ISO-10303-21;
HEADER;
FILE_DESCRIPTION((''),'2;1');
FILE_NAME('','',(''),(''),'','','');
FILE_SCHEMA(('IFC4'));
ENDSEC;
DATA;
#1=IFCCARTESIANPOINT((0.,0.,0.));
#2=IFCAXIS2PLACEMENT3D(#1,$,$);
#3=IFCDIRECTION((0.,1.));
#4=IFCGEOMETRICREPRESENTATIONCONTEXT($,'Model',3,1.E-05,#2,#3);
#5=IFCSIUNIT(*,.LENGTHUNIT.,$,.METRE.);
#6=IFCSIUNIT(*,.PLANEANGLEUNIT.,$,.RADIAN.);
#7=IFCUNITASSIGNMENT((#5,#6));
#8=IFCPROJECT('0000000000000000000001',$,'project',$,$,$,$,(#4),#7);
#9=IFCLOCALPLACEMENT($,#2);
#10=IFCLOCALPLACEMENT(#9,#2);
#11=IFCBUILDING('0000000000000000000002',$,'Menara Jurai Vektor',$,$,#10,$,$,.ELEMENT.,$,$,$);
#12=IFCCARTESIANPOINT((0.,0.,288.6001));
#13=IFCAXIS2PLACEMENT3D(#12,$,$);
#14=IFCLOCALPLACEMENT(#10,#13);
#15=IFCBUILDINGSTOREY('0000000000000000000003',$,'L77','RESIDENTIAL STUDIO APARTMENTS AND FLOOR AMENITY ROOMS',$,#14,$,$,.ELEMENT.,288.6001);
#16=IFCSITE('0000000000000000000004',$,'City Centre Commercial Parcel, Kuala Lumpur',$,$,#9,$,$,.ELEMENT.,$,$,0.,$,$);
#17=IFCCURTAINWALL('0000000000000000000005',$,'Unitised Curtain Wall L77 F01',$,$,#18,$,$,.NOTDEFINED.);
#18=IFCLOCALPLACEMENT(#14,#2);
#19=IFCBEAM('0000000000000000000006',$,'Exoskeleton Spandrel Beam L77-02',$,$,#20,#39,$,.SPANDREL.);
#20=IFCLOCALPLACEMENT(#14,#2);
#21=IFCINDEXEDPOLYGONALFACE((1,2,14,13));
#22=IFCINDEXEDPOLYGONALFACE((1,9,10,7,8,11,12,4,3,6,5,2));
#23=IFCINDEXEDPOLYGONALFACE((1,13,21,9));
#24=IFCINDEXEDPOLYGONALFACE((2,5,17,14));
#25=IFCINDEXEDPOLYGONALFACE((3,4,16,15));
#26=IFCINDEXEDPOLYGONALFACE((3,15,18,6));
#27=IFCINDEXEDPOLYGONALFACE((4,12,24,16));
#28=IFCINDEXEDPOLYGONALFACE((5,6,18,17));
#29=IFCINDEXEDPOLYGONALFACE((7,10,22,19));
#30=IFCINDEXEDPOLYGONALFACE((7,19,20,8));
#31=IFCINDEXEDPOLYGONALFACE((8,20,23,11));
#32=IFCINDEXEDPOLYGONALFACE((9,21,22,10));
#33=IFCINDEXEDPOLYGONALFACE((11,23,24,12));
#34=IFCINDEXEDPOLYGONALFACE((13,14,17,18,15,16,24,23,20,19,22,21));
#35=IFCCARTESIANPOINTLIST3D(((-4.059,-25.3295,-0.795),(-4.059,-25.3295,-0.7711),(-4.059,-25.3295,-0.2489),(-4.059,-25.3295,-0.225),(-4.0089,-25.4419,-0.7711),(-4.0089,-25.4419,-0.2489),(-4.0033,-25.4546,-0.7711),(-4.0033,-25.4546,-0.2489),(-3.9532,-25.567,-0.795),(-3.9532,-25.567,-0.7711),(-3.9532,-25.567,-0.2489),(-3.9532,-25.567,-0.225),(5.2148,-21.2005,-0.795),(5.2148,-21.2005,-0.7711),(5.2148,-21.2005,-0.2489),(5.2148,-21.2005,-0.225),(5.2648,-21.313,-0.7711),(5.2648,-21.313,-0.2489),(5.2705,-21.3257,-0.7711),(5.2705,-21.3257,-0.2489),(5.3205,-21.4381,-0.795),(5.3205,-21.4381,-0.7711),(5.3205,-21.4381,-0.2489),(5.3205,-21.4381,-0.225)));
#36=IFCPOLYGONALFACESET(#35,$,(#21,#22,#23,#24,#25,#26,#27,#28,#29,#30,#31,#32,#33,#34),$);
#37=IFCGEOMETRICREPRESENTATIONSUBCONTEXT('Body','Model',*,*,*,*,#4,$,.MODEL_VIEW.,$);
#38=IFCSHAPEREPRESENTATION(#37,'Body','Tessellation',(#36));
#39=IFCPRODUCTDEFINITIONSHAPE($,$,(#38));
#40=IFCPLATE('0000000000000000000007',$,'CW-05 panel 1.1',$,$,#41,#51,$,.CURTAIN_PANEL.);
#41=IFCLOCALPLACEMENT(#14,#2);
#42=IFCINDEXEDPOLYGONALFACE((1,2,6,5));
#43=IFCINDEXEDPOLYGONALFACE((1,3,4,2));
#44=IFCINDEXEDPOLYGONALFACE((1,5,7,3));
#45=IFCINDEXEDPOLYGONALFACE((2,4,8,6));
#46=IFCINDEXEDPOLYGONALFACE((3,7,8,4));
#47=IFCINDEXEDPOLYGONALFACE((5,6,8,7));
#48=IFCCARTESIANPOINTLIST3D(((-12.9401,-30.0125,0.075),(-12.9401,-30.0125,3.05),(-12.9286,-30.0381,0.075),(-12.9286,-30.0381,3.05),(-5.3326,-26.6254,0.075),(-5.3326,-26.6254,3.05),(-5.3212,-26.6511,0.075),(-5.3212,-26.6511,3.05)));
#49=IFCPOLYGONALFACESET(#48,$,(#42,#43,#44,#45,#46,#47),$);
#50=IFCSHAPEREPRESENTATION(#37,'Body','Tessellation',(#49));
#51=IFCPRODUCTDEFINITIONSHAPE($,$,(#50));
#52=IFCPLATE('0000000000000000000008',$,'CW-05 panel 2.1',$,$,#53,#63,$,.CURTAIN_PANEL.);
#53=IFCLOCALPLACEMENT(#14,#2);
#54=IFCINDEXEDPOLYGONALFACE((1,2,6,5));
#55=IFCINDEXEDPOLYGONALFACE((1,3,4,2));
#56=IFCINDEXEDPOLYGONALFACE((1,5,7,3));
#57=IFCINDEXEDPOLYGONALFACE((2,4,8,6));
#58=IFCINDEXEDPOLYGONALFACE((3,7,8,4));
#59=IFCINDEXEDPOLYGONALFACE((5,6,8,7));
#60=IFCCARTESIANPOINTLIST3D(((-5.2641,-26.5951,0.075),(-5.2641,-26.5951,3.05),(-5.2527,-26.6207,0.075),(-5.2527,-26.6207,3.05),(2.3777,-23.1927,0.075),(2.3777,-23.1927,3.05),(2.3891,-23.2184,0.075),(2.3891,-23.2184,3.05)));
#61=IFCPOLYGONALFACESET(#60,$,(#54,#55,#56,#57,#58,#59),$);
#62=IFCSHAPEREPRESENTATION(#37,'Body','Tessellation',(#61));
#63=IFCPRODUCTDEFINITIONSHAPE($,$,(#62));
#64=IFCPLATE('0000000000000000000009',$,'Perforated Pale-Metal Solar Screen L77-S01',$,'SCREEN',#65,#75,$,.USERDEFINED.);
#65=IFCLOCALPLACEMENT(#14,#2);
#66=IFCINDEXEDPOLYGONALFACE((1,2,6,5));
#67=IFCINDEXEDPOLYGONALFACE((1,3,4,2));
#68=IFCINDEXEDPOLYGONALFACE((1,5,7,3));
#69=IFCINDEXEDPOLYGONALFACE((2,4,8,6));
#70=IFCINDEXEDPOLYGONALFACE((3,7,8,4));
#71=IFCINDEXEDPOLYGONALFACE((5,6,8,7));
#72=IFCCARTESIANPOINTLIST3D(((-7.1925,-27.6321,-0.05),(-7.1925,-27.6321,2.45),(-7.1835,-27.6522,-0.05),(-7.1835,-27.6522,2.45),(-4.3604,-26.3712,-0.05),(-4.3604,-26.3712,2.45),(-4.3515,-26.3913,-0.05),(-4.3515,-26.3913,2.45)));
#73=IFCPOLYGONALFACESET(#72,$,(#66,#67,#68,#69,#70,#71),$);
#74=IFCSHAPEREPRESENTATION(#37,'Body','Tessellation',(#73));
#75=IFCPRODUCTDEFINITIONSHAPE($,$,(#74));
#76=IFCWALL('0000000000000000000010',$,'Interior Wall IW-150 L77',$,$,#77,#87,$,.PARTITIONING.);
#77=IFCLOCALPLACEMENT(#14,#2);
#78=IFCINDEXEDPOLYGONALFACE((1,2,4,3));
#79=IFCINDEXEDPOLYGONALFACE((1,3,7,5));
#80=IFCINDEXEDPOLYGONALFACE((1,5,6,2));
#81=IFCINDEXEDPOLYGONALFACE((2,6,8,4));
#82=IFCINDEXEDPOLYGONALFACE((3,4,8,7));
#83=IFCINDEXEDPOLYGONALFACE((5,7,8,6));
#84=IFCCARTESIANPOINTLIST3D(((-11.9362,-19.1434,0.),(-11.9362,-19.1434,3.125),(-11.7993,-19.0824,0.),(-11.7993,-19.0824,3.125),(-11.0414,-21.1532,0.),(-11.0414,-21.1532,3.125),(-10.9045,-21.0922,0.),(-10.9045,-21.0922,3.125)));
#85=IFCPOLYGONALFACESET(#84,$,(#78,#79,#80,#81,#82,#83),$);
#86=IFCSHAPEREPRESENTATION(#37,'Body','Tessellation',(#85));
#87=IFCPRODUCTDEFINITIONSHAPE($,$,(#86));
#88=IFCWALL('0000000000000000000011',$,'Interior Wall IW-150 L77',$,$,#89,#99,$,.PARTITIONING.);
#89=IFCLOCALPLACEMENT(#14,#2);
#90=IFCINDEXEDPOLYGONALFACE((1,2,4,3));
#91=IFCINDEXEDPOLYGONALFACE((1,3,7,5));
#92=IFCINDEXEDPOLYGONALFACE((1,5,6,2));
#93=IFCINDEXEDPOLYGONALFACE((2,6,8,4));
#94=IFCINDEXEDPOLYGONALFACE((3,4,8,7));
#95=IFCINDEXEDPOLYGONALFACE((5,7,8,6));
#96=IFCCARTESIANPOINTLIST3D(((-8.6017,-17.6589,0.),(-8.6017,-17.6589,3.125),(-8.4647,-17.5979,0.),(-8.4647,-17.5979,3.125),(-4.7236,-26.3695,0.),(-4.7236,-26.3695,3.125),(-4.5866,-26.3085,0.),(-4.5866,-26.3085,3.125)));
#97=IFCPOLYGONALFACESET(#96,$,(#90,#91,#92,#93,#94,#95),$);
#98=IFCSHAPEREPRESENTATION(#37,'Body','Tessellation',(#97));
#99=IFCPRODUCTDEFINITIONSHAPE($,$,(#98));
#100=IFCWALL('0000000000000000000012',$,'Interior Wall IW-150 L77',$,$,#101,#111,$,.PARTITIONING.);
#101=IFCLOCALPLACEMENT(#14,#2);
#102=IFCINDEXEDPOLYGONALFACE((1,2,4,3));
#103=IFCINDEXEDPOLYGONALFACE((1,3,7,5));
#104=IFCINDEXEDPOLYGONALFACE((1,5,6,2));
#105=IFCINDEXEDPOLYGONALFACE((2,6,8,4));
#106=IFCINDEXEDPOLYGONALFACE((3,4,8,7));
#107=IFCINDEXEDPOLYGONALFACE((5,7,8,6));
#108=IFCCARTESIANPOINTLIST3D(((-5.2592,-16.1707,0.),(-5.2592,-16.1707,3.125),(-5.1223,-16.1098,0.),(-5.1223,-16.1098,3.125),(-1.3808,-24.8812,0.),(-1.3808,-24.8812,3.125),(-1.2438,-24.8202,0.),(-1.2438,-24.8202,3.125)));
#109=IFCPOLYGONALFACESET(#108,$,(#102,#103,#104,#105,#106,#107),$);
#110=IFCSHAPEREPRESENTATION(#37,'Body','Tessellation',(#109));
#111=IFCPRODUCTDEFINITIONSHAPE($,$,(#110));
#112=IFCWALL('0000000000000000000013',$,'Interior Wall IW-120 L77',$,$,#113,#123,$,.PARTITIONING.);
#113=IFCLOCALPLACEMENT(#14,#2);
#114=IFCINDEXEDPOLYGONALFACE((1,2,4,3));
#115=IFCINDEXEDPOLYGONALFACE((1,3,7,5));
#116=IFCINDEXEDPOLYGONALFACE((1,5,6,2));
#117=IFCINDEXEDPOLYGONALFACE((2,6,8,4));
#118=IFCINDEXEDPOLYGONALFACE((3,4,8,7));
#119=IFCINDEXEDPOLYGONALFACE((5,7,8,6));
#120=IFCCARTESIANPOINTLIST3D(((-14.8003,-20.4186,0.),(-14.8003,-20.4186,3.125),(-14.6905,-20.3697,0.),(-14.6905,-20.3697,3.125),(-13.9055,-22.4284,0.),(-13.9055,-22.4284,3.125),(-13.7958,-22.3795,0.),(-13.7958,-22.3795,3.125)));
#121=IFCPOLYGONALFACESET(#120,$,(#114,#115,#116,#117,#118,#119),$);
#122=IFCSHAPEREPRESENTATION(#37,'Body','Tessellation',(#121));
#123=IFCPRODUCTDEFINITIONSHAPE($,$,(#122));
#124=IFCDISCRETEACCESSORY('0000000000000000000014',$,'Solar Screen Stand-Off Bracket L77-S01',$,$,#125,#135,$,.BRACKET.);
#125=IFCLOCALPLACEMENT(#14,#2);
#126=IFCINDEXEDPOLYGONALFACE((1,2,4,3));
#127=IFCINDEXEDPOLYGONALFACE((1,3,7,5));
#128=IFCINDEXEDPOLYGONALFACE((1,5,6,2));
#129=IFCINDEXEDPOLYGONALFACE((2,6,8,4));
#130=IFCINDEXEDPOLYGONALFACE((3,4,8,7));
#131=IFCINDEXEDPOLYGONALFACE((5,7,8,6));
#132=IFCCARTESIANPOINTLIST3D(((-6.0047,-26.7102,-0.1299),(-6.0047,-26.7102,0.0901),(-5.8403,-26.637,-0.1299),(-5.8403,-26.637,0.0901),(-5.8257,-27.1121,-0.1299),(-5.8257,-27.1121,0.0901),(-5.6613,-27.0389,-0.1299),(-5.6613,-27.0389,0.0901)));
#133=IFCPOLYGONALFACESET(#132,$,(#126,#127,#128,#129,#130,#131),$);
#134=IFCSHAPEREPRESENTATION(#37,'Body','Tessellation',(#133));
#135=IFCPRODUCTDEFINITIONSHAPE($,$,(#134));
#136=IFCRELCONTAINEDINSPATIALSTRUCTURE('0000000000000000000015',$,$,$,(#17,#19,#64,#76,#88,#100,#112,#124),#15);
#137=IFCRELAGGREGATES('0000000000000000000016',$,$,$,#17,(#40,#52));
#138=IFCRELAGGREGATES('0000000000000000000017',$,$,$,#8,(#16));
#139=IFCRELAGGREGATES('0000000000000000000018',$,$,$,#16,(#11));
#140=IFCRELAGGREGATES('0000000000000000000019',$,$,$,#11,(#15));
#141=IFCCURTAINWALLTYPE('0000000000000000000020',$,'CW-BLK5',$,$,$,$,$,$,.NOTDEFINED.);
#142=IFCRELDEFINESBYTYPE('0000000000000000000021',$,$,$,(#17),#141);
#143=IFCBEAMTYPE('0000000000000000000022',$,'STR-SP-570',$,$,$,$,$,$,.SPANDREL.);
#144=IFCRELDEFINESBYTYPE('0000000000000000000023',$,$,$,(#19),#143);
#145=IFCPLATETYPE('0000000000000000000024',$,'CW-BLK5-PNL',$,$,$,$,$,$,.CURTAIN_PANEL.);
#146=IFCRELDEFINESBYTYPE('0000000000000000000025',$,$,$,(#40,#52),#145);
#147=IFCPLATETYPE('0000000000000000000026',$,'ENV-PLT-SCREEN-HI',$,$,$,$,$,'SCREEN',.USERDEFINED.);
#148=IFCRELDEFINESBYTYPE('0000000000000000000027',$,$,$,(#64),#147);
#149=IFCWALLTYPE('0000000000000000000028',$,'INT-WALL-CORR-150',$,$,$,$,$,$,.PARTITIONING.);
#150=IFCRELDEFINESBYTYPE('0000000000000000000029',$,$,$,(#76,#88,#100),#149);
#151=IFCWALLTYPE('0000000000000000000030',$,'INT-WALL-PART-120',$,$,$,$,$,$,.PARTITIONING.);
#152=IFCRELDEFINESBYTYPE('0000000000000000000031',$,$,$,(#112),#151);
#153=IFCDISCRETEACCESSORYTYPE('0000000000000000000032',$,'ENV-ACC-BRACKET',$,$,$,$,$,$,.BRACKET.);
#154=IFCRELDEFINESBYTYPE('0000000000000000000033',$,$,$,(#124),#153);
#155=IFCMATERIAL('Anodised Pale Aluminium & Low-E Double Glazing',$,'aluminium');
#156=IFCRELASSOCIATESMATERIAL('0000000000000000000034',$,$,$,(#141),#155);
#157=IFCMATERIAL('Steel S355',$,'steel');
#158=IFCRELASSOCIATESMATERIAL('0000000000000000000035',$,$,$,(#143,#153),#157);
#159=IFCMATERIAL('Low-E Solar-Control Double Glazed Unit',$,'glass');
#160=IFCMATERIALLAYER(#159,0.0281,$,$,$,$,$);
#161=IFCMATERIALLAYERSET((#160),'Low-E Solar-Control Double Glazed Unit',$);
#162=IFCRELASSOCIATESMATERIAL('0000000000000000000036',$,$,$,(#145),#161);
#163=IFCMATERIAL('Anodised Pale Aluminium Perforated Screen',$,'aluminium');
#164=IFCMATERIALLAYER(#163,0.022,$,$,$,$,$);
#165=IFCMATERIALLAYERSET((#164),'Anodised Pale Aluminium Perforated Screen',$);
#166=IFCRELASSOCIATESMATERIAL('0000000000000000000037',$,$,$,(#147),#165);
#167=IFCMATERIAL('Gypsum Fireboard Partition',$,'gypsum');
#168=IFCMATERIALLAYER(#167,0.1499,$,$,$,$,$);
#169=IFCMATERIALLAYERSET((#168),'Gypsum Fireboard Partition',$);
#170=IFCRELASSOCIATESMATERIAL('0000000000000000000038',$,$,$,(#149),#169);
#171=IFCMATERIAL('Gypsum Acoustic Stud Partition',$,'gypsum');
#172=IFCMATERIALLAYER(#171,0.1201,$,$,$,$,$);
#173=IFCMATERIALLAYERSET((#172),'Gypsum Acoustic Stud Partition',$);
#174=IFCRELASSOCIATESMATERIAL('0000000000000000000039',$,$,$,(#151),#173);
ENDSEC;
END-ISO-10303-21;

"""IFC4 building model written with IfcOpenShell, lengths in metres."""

from ifc_helpers import new_model, si_unit, direction, frame, frame_2d, origin, origin_2d, place, context, subcontext, project, spatial, rectangle, i_section, extrude, material, layer, layer_set, material_profile, profile_set, type_object, element, aggregate, save


model = new_model("IFC4")

# Units and contexts
model_context = context("Model", 3, precision=1e-05, world=origin(), true_north=direction((0.0, 1.0)))
body_context = subcontext(model_context, "Body", "Model", "MODEL_VIEW")
ifc_project = project(units=[si_unit("LENGTHUNIT", "METRE"), si_unit("PLANEANGLEUNIT", "RADIAN")], contexts=[model_context])

# Site, building, storey
site_placement = place(None, origin())
site = spatial("IfcSite", under=ifc_project, at=site_placement, Name="City Centre Commercial Parcel, Kuala Lumpur", CompositionType="ELEMENT", RefElevation=0.0)
building_placement = place(site_placement, origin())
building = spatial("IfcBuilding", under=site, at=building_placement, Name="Menara Jurai Vektor", CompositionType="ELEMENT")
storey_placement = place(building_placement, frame((0.0, 0.0, 288.6001)))
storey = spatial("IfcBuildingStorey", under=building, at=storey_placement, Name="L77", Description="RESIDENTIAL STUDIO APARTMENTS AND FLOOR AMENITY ROOMS", CompositionType="ELEMENT", Elevation=288.6001)

# Curtain wall
ifc_material_1 = material(Name="Anodised Pale Aluminium & Low-E Double Glazing", Category="aluminium")
curtain_wall_type = type_object("IfcCurtainWallType", Name="CW-BLK5", PredefinedType="NOTDEFINED", material=ifc_material_1)
curtain_wall_1_placement = place(storey_placement, origin())
curtain_wall_1 = element("IfcCurtainWall", 1, at=curtain_wall_1_placement, inside=storey, type_object=curtain_wall_type, Name="Unitised Curtain Wall L77 F01", PredefinedType="NOTDEFINED")

# Shared definitions
ifc_material_2 = material(Name="Steel S355", Category="steel")

# Beam
ifc_material_profile_1 = material_profile(ifc_material_2, i_section(OverallWidth=0.26, OverallDepth=0.5701, WebThickness=0.0139, FlangeThickness=0.0239, at=origin_2d()), Name="PG 570x260x145")
ifc_profile_set_1 = profile_set([ifc_material_profile_1], Name="Steel S355")
beam_type_1 = type_object("IfcBeamType", Name="STR-SP-570", PredefinedType="SPANDREL", material=ifc_profile_set_1)
beam_1_placement = place(storey_placement, frame((-4.0061, -25.4482, -0.51), z_axis=(0.913546, 0.406736, 0.0), x_axis=(-0.406736, 0.913546, 0.0)))
element("IfcBeam", 2, at=beam_1_placement, inside=storey, type_object=beam_type_1, Name="Exoskeleton Spandrel Beam L77-02", PredefinedType="SPANDREL", context=body_context, shape_type="SweptSolid", body=[
    extrude(i_section(OverallWidth=0.26, OverallDepth=0.5701, WebThickness=0.0139, FlangeThickness=0.0239, at=origin_2d()), origin(), (0.0, 0.0, 1.0), 10.1514),
])

# Plates
ifc_material_3 = material(Name="Low-E Solar-Control Double Glazed Unit", Category="glass")
ifc_layer_1 = layer(ifc_material_3, 0.0281)
ifc_layer_set_1 = layer_set([ifc_layer_1], Name="Low-E Solar-Control Double Glazed Unit")
plate_type_1 = type_object("IfcPlateType", Name="CW-BLK5-PNL", PredefinedType="CURTAIN_PANEL", material=ifc_layer_set_1)
plate_1_placement = place(storey_placement, frame((-9.1306, -28.3318, 0.075), z_axis=(0.0, 0.0, 1.0), x_axis=(0.913546, 0.406735, 0.0)))
plate_1 = element("IfcPlate", 3, at=plate_1_placement, type_object=plate_type_1, Name="CW-05 panel 1.1", PredefinedType="CURTAIN_PANEL", context=body_context, shape_type="SweptSolid", body=[
    extrude(rectangle(XDim=8.3274, YDim=0.0281, at=origin_2d()), origin(), (0.0, 0.0, 1.0), 2.9751),
])
plate_2_placement = place(storey_placement, frame((-1.4375, -24.9067, 0.075), z_axis=(0.0, 0.0, 1.0), x_axis=(0.913546, 0.406735, 0.0)))
plate_2 = element("IfcPlate", 4, at=plate_2_placement, type_object=plate_type_1, Name="CW-05 panel 2.1", PredefinedType="CURTAIN_PANEL", context=body_context, shape_type="SweptSolid", body=[
    extrude(rectangle(XDim=8.365, YDim=0.0281, at=origin_2d()), origin(), (0.0, 0.0, 1.0), 2.9751),
])
aggregate(curtain_wall_1, [plate_1, plate_2])
ifc_material_4 = material(Name="Anodised Pale Aluminium Perforated Screen", Category="aluminium")
ifc_layer_2 = layer(ifc_material_4, 0.022)
ifc_layer_set_2 = layer_set([ifc_layer_2], Name="Anodised Pale Aluminium Perforated Screen")
plate_type_2 = type_object("IfcPlateType", Name="ENV-PLT-SCREEN-HI", ElementType="SCREEN", PredefinedType="USERDEFINED", material=ifc_layer_set_2)
plate_3_placement = place(storey_placement, frame((-5.772, -27.0117, -0.05), z_axis=(0.0, 0.0, 1.0), x_axis=(0.913545, 0.406737, 0.0)))
element("IfcPlate", 5, at=plate_3_placement, inside=storey, type_object=plate_type_2, Name="Perforated Pale-Metal Solar Screen L77-S01", ObjectType="SCREEN", PredefinedType="USERDEFINED", context=body_context, shape_type="SweptSolid", body=[
    extrude(rectangle(XDim=3.1001, YDim=0.022, at=origin_2d()), origin(), (0.0, 0.0, 1.0), 2.5),
])

# Walls
ifc_material_5 = material(Name="Gypsum Fireboard Partition", Category="gypsum")
ifc_layer_3 = layer(ifc_material_5, 0.1499)
ifc_layer_set_3 = layer_set([ifc_layer_3], Name="Gypsum Fireboard Partition")
wall_type_1 = type_object("IfcWallType", Name="INT-WALL-CORR-150", PredefinedType="PARTITIONING", material=ifc_layer_set_3)
wall_1_placement = place(storey_placement, frame((-10.9729, -21.1228, 0.0), z_axis=(0.0, 0.0, 1.0), x_axis=(-0.406725, 0.913551, 0.0)))
element("IfcWall", 6, at=wall_1_placement, inside=storey, type_object=wall_type_1, Name="Interior Wall IW-150 L77", PredefinedType="PARTITIONING", context=body_context, shape_type="SweptSolid", body=[
    extrude(rectangle(XDim=2.2, YDim=0.1499, at=frame_2d((1.1001, 0.0))), origin(), (0.0, 0.0, 1.0), 3.125),
])
for number, where, z_axis, x_axis, name in (
    (7, (-4.655, -26.3391, 0.0), (0.0, 0.0, 1.0), (-0.40673, 0.913548, 0.0), "Interior Wall IW-150 L77"),
    (8, (-1.3123, -24.8508, 0.0), (0.0, 0.0, 1.0), (-0.406761, 0.913535, 0.0), "Interior Wall IW-150 L77"),
):
    element("IfcWall", number, at=place(storey_placement, frame(where, z_axis=z_axis, x_axis=x_axis)), inside=storey, type_object=wall_type_1, Name=name, PredefinedType="PARTITIONING", context=body_context, shape_type="SweptSolid", body=[
        extrude(rectangle(XDim=9.5349, YDim=0.1499, at=frame_2d((4.7676, 0.0))), origin(), (0.0, 0.0, 1.0), 3.125),
    ])
ifc_material_6 = material(Name="Gypsum Acoustic Stud Partition", Category="gypsum")
ifc_layer_4 = layer(ifc_material_6, 0.1201)
ifc_layer_set_4 = layer_set([ifc_layer_4], Name="Gypsum Acoustic Stud Partition")
wall_type_2 = type_object("IfcWallType", Name="INT-WALL-PART-120", PredefinedType="PARTITIONING", material=ifc_layer_set_4)
wall_2_placement = place(storey_placement, frame((-13.8506, -22.4041, 0.0), z_axis=(0.0, 0.0, 1.0), x_axis=(-0.406725, 0.913551, 0.0)))
element("IfcWall", 9, at=wall_2_placement, inside=storey, type_object=wall_type_2, Name="Interior Wall IW-120 L77", PredefinedType="PARTITIONING", context=body_context, shape_type="SweptSolid", body=[
    extrude(rectangle(XDim=2.2, YDim=0.1201, at=frame_2d((1.1001, 0.0))), origin(), (0.0, 0.0, 1.0), 3.125),
])

# Discrete accessory
discrete_accessory_type = type_object("IfcDiscreteAccessoryType", Name="ENV-ACC-BRACKET", PredefinedType="BRACKET", material=ifc_material_2)
discrete_accessory_placement = place(storey_placement, frame((-5.833, -26.8745, -0.1299), z_axis=(0.0, 0.0, 1.0), x_axis=(0.913545, 0.406737, 0.0)))
element("IfcDiscreteAccessory", 10, at=discrete_accessory_placement, inside=storey, type_object=discrete_accessory_type, Name="Solar Screen Stand-Off Bracket L77-S01", PredefinedType="BRACKET", context=body_context, shape_type="SweptSolid", body=[
    extrude(rectangle(XDim=0.1799, YDim=0.4399, at=origin_2d()), origin(), (0.0, 0.0, 1.0), 0.22),
])

save(model, "model.ifc")
